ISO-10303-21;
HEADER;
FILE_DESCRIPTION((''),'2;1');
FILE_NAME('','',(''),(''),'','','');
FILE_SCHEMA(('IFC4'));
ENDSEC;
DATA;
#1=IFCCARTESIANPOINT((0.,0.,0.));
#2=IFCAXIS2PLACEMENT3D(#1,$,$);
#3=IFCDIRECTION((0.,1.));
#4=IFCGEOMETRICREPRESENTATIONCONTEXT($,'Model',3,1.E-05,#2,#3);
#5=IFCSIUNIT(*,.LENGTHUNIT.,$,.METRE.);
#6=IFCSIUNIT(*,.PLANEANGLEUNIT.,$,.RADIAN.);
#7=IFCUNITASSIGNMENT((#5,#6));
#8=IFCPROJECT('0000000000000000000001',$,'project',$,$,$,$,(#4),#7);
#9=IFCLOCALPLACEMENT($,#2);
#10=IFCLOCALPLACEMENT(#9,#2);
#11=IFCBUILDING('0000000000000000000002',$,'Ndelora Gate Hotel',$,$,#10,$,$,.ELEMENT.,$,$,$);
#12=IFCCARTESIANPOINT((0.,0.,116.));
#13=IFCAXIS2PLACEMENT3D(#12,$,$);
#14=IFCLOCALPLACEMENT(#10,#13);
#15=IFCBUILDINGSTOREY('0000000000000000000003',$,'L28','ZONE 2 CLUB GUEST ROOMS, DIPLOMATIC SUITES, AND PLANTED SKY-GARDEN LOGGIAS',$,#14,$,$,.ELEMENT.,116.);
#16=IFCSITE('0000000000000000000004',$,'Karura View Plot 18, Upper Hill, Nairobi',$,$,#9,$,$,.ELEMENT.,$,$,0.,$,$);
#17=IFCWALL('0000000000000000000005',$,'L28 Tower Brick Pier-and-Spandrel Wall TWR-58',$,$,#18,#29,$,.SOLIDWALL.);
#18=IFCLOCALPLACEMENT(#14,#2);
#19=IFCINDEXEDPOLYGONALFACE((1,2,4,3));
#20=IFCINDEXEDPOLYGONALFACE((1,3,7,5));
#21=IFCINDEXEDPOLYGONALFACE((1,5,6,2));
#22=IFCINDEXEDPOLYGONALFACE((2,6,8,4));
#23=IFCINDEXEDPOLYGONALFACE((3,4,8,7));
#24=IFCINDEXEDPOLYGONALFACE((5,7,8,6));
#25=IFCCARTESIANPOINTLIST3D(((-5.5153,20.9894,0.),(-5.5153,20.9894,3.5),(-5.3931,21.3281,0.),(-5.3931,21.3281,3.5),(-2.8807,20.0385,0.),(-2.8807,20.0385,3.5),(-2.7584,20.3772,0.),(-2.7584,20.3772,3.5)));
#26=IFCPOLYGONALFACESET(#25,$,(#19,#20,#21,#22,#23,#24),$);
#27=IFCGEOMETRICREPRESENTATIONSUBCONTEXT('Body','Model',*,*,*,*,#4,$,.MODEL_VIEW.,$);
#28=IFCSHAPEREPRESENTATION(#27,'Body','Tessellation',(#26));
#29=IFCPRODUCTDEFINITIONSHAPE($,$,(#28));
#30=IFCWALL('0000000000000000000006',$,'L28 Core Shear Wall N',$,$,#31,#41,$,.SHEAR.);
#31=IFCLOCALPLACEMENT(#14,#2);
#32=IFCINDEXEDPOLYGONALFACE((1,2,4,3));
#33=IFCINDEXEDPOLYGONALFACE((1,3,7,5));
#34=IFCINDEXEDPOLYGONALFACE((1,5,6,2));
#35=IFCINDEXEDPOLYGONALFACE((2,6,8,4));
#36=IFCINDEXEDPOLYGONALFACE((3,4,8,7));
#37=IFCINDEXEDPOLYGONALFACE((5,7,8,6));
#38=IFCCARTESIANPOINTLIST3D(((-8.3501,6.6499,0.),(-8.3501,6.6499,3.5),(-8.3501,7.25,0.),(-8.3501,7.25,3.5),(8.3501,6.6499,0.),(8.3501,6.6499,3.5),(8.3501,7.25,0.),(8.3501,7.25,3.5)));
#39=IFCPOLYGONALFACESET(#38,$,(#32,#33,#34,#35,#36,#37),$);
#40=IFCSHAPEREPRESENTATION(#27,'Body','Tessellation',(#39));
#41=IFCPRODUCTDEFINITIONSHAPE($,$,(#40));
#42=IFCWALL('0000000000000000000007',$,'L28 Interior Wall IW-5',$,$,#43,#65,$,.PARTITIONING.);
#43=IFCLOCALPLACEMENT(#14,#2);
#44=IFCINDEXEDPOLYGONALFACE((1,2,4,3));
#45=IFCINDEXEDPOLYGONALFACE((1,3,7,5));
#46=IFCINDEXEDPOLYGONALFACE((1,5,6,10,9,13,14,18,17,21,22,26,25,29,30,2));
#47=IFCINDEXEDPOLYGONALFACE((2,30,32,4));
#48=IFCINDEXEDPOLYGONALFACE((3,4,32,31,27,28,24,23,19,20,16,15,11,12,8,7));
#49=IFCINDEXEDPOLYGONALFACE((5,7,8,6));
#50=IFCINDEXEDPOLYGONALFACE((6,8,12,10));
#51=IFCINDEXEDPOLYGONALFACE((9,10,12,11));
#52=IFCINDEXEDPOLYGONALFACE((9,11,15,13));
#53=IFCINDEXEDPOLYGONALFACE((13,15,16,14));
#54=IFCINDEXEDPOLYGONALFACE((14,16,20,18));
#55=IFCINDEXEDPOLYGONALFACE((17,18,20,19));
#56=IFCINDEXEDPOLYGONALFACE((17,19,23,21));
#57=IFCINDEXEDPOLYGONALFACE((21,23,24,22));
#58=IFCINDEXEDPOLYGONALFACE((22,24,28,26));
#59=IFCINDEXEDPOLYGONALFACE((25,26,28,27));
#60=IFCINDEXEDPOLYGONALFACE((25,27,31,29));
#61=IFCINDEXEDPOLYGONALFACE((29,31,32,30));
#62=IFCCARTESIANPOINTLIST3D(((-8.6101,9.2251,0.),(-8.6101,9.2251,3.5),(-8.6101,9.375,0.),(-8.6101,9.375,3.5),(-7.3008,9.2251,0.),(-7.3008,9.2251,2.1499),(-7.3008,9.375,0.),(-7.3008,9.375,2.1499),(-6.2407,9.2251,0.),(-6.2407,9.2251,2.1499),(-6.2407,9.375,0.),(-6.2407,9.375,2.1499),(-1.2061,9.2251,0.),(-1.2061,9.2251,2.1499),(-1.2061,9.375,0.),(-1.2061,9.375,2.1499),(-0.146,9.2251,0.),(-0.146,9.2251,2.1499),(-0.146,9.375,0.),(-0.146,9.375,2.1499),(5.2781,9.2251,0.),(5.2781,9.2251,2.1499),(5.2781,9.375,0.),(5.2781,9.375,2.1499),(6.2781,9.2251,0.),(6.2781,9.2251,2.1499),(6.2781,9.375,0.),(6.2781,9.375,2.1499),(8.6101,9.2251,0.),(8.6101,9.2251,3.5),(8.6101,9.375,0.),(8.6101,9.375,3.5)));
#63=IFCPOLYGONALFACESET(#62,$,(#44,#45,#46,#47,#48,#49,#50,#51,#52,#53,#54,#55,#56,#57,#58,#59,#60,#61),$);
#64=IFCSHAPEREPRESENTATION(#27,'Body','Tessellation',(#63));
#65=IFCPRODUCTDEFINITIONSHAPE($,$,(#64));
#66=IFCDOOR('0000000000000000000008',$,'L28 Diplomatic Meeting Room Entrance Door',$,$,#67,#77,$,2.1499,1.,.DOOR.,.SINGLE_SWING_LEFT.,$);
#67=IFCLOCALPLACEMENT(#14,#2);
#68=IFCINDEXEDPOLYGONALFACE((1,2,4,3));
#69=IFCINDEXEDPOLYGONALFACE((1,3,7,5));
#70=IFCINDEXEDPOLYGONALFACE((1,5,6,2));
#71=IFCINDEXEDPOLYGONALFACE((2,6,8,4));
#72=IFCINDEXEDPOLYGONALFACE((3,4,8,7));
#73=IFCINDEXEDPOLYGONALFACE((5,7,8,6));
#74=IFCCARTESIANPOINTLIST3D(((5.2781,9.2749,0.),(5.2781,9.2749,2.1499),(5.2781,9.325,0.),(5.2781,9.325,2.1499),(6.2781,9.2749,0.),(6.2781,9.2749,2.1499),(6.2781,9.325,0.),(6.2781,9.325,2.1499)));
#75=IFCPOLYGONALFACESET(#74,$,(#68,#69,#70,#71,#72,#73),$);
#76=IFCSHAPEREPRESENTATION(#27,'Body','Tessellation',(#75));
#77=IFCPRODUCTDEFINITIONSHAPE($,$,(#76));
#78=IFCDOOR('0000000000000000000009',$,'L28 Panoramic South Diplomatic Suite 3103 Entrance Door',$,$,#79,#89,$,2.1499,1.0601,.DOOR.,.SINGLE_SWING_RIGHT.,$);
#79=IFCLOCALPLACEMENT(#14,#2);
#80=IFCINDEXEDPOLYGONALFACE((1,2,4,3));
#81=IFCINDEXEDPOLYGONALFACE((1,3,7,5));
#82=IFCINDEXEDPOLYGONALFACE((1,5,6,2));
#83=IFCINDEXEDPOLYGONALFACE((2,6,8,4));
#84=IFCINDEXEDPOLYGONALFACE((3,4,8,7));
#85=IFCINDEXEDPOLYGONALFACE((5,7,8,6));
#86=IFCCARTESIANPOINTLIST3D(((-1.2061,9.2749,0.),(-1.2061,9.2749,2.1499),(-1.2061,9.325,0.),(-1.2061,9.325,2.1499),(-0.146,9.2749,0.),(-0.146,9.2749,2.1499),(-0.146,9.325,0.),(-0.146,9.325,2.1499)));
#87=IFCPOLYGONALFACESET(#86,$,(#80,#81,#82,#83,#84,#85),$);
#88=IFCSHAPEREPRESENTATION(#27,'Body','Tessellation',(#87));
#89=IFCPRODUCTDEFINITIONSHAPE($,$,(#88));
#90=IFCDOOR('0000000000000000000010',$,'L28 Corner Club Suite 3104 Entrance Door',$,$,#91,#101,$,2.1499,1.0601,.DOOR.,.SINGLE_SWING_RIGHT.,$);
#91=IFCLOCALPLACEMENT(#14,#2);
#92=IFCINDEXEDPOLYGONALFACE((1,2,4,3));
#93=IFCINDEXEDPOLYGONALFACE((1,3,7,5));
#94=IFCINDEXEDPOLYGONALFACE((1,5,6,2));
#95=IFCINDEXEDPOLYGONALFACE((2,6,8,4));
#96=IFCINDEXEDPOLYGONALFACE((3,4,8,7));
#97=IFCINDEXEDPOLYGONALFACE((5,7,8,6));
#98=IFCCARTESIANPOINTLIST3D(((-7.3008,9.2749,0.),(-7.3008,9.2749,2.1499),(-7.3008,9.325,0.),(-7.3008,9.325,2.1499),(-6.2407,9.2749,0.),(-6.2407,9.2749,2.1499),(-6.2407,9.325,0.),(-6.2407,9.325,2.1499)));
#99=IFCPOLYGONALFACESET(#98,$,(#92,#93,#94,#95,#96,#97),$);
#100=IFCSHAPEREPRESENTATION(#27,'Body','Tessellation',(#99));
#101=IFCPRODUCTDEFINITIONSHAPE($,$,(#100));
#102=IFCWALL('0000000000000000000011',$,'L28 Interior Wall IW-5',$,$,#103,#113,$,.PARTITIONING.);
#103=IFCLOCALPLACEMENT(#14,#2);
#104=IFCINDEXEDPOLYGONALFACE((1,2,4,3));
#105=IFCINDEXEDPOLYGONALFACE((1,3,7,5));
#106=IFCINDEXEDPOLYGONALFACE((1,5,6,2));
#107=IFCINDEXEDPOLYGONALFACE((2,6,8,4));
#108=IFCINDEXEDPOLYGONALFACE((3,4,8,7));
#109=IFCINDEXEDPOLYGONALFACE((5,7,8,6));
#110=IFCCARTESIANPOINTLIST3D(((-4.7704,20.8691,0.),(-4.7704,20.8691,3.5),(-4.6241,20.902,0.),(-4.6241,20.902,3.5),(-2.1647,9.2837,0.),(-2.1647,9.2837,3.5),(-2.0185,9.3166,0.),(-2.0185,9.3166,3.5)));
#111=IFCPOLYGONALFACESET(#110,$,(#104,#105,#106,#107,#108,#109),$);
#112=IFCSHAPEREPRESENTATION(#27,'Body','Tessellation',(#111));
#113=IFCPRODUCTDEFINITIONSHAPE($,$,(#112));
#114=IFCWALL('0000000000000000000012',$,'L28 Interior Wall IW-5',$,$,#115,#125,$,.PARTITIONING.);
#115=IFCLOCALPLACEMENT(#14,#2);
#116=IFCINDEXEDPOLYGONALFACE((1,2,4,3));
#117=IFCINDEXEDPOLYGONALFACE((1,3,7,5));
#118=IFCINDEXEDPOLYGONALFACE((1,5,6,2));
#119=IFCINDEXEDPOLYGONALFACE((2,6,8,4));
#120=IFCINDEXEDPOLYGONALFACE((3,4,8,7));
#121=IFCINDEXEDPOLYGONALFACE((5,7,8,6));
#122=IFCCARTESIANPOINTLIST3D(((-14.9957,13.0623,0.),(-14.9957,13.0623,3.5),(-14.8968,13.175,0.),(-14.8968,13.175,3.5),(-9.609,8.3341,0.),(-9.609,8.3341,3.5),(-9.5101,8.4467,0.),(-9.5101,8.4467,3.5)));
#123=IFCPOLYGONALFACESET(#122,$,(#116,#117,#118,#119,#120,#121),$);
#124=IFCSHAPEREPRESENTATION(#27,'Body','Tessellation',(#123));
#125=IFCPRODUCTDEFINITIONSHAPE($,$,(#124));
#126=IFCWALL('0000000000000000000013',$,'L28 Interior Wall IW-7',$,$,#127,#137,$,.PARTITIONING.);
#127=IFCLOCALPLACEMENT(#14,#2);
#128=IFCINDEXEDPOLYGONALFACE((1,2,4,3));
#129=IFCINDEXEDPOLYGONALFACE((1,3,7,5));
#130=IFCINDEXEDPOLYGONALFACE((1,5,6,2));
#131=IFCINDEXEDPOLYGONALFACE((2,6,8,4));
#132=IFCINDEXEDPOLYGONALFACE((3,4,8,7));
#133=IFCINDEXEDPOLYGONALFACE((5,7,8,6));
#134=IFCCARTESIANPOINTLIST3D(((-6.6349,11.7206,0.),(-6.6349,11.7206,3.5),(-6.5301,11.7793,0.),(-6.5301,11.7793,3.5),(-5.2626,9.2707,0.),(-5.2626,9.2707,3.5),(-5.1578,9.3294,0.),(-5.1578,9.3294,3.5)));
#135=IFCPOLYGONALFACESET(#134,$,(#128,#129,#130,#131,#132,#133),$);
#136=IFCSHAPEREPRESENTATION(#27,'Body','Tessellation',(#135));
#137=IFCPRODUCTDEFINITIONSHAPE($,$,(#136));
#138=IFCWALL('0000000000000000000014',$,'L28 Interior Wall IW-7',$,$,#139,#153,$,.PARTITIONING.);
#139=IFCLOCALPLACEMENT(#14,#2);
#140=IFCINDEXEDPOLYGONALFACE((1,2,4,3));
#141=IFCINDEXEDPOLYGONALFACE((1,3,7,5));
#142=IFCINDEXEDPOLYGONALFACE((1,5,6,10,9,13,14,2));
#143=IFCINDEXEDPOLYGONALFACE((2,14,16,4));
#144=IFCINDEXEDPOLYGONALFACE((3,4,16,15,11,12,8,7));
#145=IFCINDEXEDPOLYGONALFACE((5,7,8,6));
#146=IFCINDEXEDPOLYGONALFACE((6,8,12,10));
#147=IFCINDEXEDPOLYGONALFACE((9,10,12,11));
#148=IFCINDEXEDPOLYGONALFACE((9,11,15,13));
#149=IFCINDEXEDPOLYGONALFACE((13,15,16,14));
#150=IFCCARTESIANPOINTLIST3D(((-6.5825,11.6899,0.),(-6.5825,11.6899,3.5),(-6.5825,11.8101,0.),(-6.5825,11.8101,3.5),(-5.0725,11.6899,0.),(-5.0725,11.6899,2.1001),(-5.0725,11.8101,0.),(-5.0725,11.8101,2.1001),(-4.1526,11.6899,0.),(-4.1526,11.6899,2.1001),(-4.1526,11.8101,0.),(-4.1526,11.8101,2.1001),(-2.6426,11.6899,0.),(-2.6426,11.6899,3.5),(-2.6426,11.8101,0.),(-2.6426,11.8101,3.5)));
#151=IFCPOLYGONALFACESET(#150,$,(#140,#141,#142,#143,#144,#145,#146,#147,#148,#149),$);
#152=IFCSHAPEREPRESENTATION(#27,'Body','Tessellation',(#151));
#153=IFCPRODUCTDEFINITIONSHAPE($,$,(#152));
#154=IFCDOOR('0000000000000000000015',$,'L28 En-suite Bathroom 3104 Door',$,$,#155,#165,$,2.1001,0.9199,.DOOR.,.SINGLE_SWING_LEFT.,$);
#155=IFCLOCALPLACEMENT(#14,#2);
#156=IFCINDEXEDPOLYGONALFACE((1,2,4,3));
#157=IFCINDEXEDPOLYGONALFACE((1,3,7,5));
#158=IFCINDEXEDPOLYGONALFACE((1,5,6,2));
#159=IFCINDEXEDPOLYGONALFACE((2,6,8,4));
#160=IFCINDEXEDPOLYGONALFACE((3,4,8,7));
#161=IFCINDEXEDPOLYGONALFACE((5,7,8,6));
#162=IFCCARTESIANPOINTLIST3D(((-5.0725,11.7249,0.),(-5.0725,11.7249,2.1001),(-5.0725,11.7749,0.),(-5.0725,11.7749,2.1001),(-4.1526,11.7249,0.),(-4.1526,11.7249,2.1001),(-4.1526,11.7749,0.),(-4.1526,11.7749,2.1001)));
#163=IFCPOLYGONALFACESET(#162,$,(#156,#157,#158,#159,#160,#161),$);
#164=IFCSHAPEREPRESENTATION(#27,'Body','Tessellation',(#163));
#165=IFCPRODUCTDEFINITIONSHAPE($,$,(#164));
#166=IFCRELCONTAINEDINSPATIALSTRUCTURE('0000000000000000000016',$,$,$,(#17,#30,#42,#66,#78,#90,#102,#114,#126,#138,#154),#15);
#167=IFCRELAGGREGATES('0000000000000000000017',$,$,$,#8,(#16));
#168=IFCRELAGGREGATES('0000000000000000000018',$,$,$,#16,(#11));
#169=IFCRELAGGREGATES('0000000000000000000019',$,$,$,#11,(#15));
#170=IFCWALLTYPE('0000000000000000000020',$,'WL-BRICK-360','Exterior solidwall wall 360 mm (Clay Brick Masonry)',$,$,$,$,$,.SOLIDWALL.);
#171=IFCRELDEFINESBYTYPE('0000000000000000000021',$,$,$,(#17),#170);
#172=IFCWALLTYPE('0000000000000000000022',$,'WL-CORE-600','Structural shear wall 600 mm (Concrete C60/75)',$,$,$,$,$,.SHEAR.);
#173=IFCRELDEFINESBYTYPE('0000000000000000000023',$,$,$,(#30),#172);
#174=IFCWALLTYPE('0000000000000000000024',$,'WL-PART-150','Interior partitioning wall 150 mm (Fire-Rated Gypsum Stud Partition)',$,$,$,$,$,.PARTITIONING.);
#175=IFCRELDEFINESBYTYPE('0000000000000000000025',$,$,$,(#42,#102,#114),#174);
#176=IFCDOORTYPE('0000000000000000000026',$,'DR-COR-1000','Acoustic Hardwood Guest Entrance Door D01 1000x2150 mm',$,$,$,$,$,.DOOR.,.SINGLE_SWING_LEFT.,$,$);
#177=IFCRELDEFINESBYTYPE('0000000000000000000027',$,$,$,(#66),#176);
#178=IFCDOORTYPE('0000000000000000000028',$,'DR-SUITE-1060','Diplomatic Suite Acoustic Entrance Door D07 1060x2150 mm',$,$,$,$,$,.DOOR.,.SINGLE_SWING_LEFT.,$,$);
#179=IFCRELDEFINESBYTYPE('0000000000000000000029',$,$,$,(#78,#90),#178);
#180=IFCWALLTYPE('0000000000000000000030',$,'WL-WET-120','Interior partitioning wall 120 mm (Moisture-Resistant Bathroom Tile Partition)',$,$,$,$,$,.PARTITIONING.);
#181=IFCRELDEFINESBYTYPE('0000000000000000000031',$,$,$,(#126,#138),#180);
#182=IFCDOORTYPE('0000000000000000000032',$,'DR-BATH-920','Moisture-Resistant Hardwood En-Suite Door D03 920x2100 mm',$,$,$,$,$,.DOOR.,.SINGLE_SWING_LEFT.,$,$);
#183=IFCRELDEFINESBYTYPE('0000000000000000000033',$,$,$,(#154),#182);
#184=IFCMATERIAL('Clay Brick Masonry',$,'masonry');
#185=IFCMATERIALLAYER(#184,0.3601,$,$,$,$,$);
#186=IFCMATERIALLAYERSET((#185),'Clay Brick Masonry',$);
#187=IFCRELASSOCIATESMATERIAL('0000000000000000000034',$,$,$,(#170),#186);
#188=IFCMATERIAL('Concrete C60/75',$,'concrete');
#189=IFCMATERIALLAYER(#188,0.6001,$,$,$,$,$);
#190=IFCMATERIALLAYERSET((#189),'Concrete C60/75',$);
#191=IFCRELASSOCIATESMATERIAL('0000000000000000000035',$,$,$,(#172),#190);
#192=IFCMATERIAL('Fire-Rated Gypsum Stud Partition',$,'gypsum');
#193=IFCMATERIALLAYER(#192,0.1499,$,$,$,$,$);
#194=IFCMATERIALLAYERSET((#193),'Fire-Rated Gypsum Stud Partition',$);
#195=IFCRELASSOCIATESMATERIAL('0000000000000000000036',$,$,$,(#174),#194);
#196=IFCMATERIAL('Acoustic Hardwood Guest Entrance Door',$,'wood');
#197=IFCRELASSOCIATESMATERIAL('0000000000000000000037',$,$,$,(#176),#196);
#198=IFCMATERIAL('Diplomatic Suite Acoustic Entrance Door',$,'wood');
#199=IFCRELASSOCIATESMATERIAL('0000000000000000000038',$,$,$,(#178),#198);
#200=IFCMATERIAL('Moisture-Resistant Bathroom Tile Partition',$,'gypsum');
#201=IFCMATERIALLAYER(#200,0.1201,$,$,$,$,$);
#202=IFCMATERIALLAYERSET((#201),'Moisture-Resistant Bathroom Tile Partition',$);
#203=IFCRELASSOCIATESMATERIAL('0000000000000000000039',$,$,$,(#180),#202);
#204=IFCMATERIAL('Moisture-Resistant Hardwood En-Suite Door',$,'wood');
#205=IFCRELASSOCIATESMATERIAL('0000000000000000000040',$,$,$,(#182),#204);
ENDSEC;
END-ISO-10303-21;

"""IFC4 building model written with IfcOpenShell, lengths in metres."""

from ifc_helpers import new_model, si_unit, direction, frame, frame_2d, origin, place, context, subcontext, project, spatial, rectangle, extrude, material, layer, layer_set, type_object, element, fill, save


model = new_model("IFC4")

# Units and contexts
model_context = context("Model", 3, precision=1e-05, world=origin(), true_north=direction((0.0, 1.0)))
body_context = subcontext(model_context, "Body", "Model", "MODEL_VIEW")
ifc_project = project(units=[si_unit("LENGTHUNIT", "METRE"), si_unit("PLANEANGLEUNIT", "RADIAN")], contexts=[model_context])

# Site, building, storey
site_placement = place(None, origin())
site = spatial("IfcSite", under=ifc_project, at=site_placement, Name="Karura View Plot 18, Upper Hill, Nairobi", CompositionType="ELEMENT", RefElevation=0.0)
building_placement = place(site_placement, origin())
building = spatial("IfcBuilding", under=site, at=building_placement, Name="Ndelora Gate Hotel", CompositionType="ELEMENT")
storey_placement = place(building_placement, frame((0.0, 0.0, 116.0)))
storey = spatial("IfcBuildingStorey", under=building, at=storey_placement, Name="L28", Description="ZONE 2 CLUB GUEST ROOMS, DIPLOMATIC SUITES, AND PLANTED SKY-GARDEN LOGGIAS", CompositionType="ELEMENT", Elevation=116.0)

# Shared definitions
ifc_material_1 = material(Name="Concrete C60/75", Category="concrete")

# Shared definitions
ifc_material_2 = material(Name="Clay Brick Masonry", Category="masonry")
ifc_layer_1 = layer(ifc_material_2, 0.3601)
ifc_layer_set_1 = layer_set([ifc_layer_1], Name="Clay Brick Masonry")
wall_type_1 = type_object("IfcWallType", Name="WL-BRICK-360", Description="Exterior solidwall wall 360 mm (Clay Brick Masonry)", PredefinedType="SOLIDWALL", material=ifc_layer_set_1)

# Walls
wall_1_placement = place(storey_placement, frame((-5.4541, 21.1587, 0.0), z_axis=(0.0, 0.0, 1.0), x_axis=(0.940613, -0.339482, 0.0)))
element("IfcWall", 1, at=wall_1_placement, inside=storey, type_object=wall_type_1, Name="L28 Tower Brick Pier-and-Spandrel Wall TWR-58", PredefinedType="SOLIDWALL", context=body_context, shape_type="SweptSolid", body=[
    extrude(rectangle(XDim=2.801, YDim=0.3601, at=frame_2d((1.4004, 0.0))), origin(), (0.0, 0.0, 1.0), 3.5),
])
ifc_layer_2 = layer(ifc_material_1, 0.6001)
ifc_layer_set_2 = layer_set([ifc_layer_2], Name="Concrete C60/75")
wall_type_2 = type_object("IfcWallType", Name="WL-CORE-600", Description="Structural shear wall 600 mm (Concrete C60/75)", PredefinedType="SHEAR", material=ifc_layer_set_2)
wall_2_placement = place(storey_placement, frame((-8.3501, 6.95, 0.0), z_axis=(0.0, 0.0, 1.0), x_axis=(1.0, 0.0, 0.0)))
element("IfcWall", 2, at=wall_2_placement, inside=storey, type_object=wall_type_2, Name="L28 Core Shear Wall N", PredefinedType="SHEAR", context=body_context, shape_type="SweptSolid", body=[
    extrude(rectangle(XDim=16.7002, YDim=0.6001, at=frame_2d((8.3501, 0.0))), origin(), (0.0, 0.0, 1.0), 3.5),
])

# Wall, openings, doors
ifc_material_3 = material(Name="Fire-Rated Gypsum Stud Partition", Category="gypsum")
ifc_layer_3 = layer(ifc_material_3, 0.1499)
ifc_layer_set_3 = layer_set([ifc_layer_3], Name="Fire-Rated Gypsum Stud Partition")
wall_type_3 = type_object("IfcWallType", Name="WL-PART-150", Description="Interior partitioning wall 150 mm (Fire-Rated Gypsum Stud Partition)", PredefinedType="PARTITIONING", material=ifc_layer_set_3)
wall_3_placement = place(storey_placement, frame((-8.6101, 9.3, 0.0), z_axis=(0.0, 0.0, 1.0), x_axis=(1.0, 0.0, 0.0)))
wall_3 = element("IfcWall", 3, at=wall_3_placement, inside=storey, type_object=wall_type_3, Name="L28 Interior Wall IW-5", PredefinedType="PARTITIONING", context=body_context, shape_type="SweptSolid", body=[
    extrude(rectangle(XDim=17.2202, YDim=0.1499, at=frame_2d((8.6101, 0.0))), origin(), (0.0, 0.0, 1.0), 3.5),
])
opening_1_placement = place(wall_3_placement, frame((13.8882, 0.0, 0.0)))
opening_1 = element("IfcOpeningElement", 4, at=opening_1_placement, cuts=wall_3, PredefinedType="OPENING", context=body_context, shape_type="SweptSolid", body=[
    extrude(rectangle(XDim=1.0, YDim=2.1499, at=frame_2d((0.5, 1.075))), frame((0.0, 0.085, 0.0), z_axis=(0.0, -1.0, 0.0), x_axis=(1.0, 0.0, 0.0)), (0.0, 0.0, 1.0), 0.1699),
])
opening_2_placement = place(wall_3_placement, frame((7.4041, 0.0, 0.0)))
opening_2 = element("IfcOpeningElement", 5, at=opening_2_placement, cuts=wall_3, PredefinedType="OPENING", context=body_context, shape_type="SweptSolid", body=[
    extrude(rectangle(XDim=1.0601, YDim=2.1499, at=frame_2d((0.53, 1.075))), frame((0.0, 0.085, 0.0), z_axis=(0.0, -1.0, 0.0), x_axis=(1.0, 0.0, 0.0)), (0.0, 0.0, 1.0), 0.1699),
])
opening_3_placement = place(wall_3_placement, frame((1.3093, 0.0, 0.0)))
opening_3 = element("IfcOpeningElement", 6, at=opening_3_placement, cuts=wall_3, PredefinedType="OPENING", context=body_context, shape_type="SweptSolid", body=[
    extrude(rectangle(XDim=1.0601, YDim=2.1499, at=frame_2d((0.53, 1.075))), frame((0.0, 0.085, 0.0), z_axis=(0.0, -1.0, 0.0), x_axis=(1.0, 0.0, 0.0)), (0.0, 0.0, 1.0), 0.1699),
])
ifc_material_4 = material(Name="Acoustic Hardwood Guest Entrance Door", Category="wood")
door_type_1 = type_object("IfcDoorType", Name="DR-COR-1000", Description="Acoustic Hardwood Guest Entrance Door D01 1000x2150 mm", OperationType="SINGLE_SWING_LEFT", PredefinedType="DOOR", material=ifc_material_4)
door_1_placement = place(opening_1_placement, origin())
door_1 = element("IfcDoor", 7, at=door_1_placement, inside=storey, type_object=door_type_1, Name="L28 Diplomatic Meeting Room Entrance Door", OperationType="SINGLE_SWING_LEFT", OverallHeight=2.1499, OverallWidth=1.0, PredefinedType="DOOR", context=body_context, shape_type="SweptSolid", body=[
    extrude(rectangle(XDim=1.0, YDim=2.1499, at=frame_2d((0.5, 1.075))), frame((0.0, 0.0249, 0.0), z_axis=(0.0, -1.0, 0.0), x_axis=(1.0, 0.0, 0.0)), (0.0, 0.0, 1.0), 0.05),
])
fill(opening_1, door_1)
ifc_material_5 = material(Name="Diplomatic Suite Acoustic Entrance Door", Category="wood")
door_type_2 = type_object("IfcDoorType", Name="DR-SUITE-1060", Description="Diplomatic Suite Acoustic Entrance Door D07 1060x2150 mm", OperationType="SINGLE_SWING_LEFT", PredefinedType="DOOR", material=ifc_material_5)
door_2_placement = place(opening_2_placement, origin())
door_2 = element("IfcDoor", 8, at=door_2_placement, inside=storey, type_object=door_type_2, Name="L28 Panoramic South Diplomatic Suite 3103 Entrance Door", OperationType="SINGLE_SWING_RIGHT", OverallHeight=2.1499, OverallWidth=1.0601, PredefinedType="DOOR", context=body_context, shape_type="SweptSolid", body=[
    extrude(rectangle(XDim=1.0601, YDim=2.1499, at=frame_2d((0.53, 1.075))), frame((0.0, 0.0249, 0.0), z_axis=(0.0, -1.0, 0.0), x_axis=(1.0, 0.0, 0.0)), (0.0, 0.0, 1.0), 0.05),
])
fill(opening_2, door_2)
door_3_placement = place(opening_3_placement, origin())
door_3 = element("IfcDoor", 9, at=door_3_placement, inside=storey, type_object=door_type_2, Name="L28 Corner Club Suite 3104 Entrance Door", OperationType="SINGLE_SWING_RIGHT", OverallHeight=2.1499, OverallWidth=1.0601, PredefinedType="DOOR", context=body_context, shape_type="SweptSolid", body=[
    extrude(rectangle(XDim=1.0601, YDim=2.1499, at=frame_2d((0.53, 1.075))), frame((0.0, 0.0249, 0.0), z_axis=(0.0, -1.0, 0.0), x_axis=(1.0, 0.0, 0.0)), (0.0, 0.0, 1.0), 0.05),
])
fill(opening_3, door_3)

# Walls
wall_4_placement = place(storey_placement, frame((-2.0916, 9.3, 0.0), z_axis=(0.0, 0.0, 1.0), x_axis=(-0.219431, 0.975628, 0.0)))
element("IfcWall", 10, at=wall_4_placement, inside=storey, type_object=wall_type_3, Name="L28 Interior Wall IW-5", PredefinedType="PARTITIONING", context=body_context, shape_type="SweptSolid", body=[
    extrude(rectangle(XDim=11.8748, YDim=0.1499, at=frame_2d((5.9375, 0.0))), origin(), (0.0, 0.0, 1.0), 3.5),
])
wall_5_placement = place(storey_placement, frame((-9.5596, 8.3904, 0.0), z_axis=(0.0, 0.0, 1.0), x_axis=(-0.751546, 0.659681, 0.0)))
element("IfcWall", 11, at=wall_5_placement, inside=storey, type_object=wall_type_3, Name="L28 Interior Wall IW-5", PredefinedType="PARTITIONING", context=body_context, shape_type="SweptSolid", body=[
    extrude(rectangle(XDim=7.1675, YDim=0.1499, at=frame_2d((3.5837, 0.0))), origin(), (0.0, 0.0, 1.0), 3.5),
])
ifc_material_6 = material(Name="Moisture-Resistant Bathroom Tile Partition", Category="gypsum")
ifc_layer_4 = layer(ifc_material_6, 0.1201)
ifc_layer_set_4 = layer_set([ifc_layer_4], Name="Moisture-Resistant Bathroom Tile Partition")
wall_type_4 = type_object("IfcWallType", Name="WL-WET-120", Description="Interior partitioning wall 120 mm (Moisture-Resistant Bathroom Tile Partition)", PredefinedType="PARTITIONING", material=ifc_layer_set_4)
wall_6_placement = place(storey_placement, frame((-5.2102, 9.3, 0.0), z_axis=(0.0, 0.0, 1.0), x_axis=(-0.488696, 0.872454, 0.0)))
element("IfcWall", 12, at=wall_6_placement, inside=storey, type_object=wall_type_4, Name="L28 Interior Wall IW-7", PredefinedType="PARTITIONING", context=body_context, shape_type="SweptSolid", body=[
    extrude(rectangle(XDim=2.8081, YDim=0.1201, at=frame_2d((1.4041, 0.0))), origin(), (0.0, 0.0, 1.0), 3.5),
])

# Wall, opening, door
wall_7_placement = place(storey_placement, frame((-6.5825, 11.75, 0.0), z_axis=(0.0, 0.0, 1.0), x_axis=(1.0, 0.0, 0.0)))
wall_7 = element("IfcWall", 13, at=wall_7_placement, inside=storey, type_object=wall_type_4, Name="L28 Interior Wall IW-7", PredefinedType="PARTITIONING", context=body_context, shape_type="SweptSolid", body=[
    extrude(rectangle(XDim=3.9399, YDim=0.1201, at=frame_2d((1.97, 0.0))), origin(), (0.0, 0.0, 1.0), 3.5),
])
opening_4_placement = place(wall_7_placement, frame((1.51, 0.0, 0.0)))
opening_4 = element("IfcOpeningElement", 14, at=opening_4_placement, cuts=wall_7, PredefinedType="OPENING", context=body_context, shape_type="SweptSolid", body=[
    extrude(rectangle(XDim=0.9199, YDim=2.1001, at=frame_2d((0.46, 1.05))), frame((0.0, 0.0701, 0.0), z_axis=(0.0, -1.0, 0.0), x_axis=(1.0, 0.0, 0.0)), (0.0, 0.0, 1.0), 0.1401),
])
ifc_material_7 = material(Name="Moisture-Resistant Hardwood En-Suite Door", Category="wood")
door_type_3 = type_object("IfcDoorType", Name="DR-BATH-920", Description="Moisture-Resistant Hardwood En-Suite Door D03 920x2100 mm", OperationType="SINGLE_SWING_LEFT", PredefinedType="DOOR", material=ifc_material_7)
door_4_placement = place(opening_4_placement, origin())
door_4 = element("IfcDoor", 15, at=door_4_placement, inside=storey, type_object=door_type_3, Name="L28 En-suite Bathroom 3104 Door", OperationType="SINGLE_SWING_LEFT", OverallHeight=2.1001, OverallWidth=0.9199, PredefinedType="DOOR", context=body_context, shape_type="SweptSolid", body=[
    extrude(rectangle(XDim=0.9199, YDim=2.1001, at=frame_2d((0.46, 1.05))), frame((0.0, 0.0249, 0.0), z_axis=(0.0, -1.0, 0.0), x_axis=(1.0, 0.0, 0.0)), (0.0, 0.0, 1.0), 0.05),
])
fill(opening_4, door_4)

save(model, "model.ifc")
